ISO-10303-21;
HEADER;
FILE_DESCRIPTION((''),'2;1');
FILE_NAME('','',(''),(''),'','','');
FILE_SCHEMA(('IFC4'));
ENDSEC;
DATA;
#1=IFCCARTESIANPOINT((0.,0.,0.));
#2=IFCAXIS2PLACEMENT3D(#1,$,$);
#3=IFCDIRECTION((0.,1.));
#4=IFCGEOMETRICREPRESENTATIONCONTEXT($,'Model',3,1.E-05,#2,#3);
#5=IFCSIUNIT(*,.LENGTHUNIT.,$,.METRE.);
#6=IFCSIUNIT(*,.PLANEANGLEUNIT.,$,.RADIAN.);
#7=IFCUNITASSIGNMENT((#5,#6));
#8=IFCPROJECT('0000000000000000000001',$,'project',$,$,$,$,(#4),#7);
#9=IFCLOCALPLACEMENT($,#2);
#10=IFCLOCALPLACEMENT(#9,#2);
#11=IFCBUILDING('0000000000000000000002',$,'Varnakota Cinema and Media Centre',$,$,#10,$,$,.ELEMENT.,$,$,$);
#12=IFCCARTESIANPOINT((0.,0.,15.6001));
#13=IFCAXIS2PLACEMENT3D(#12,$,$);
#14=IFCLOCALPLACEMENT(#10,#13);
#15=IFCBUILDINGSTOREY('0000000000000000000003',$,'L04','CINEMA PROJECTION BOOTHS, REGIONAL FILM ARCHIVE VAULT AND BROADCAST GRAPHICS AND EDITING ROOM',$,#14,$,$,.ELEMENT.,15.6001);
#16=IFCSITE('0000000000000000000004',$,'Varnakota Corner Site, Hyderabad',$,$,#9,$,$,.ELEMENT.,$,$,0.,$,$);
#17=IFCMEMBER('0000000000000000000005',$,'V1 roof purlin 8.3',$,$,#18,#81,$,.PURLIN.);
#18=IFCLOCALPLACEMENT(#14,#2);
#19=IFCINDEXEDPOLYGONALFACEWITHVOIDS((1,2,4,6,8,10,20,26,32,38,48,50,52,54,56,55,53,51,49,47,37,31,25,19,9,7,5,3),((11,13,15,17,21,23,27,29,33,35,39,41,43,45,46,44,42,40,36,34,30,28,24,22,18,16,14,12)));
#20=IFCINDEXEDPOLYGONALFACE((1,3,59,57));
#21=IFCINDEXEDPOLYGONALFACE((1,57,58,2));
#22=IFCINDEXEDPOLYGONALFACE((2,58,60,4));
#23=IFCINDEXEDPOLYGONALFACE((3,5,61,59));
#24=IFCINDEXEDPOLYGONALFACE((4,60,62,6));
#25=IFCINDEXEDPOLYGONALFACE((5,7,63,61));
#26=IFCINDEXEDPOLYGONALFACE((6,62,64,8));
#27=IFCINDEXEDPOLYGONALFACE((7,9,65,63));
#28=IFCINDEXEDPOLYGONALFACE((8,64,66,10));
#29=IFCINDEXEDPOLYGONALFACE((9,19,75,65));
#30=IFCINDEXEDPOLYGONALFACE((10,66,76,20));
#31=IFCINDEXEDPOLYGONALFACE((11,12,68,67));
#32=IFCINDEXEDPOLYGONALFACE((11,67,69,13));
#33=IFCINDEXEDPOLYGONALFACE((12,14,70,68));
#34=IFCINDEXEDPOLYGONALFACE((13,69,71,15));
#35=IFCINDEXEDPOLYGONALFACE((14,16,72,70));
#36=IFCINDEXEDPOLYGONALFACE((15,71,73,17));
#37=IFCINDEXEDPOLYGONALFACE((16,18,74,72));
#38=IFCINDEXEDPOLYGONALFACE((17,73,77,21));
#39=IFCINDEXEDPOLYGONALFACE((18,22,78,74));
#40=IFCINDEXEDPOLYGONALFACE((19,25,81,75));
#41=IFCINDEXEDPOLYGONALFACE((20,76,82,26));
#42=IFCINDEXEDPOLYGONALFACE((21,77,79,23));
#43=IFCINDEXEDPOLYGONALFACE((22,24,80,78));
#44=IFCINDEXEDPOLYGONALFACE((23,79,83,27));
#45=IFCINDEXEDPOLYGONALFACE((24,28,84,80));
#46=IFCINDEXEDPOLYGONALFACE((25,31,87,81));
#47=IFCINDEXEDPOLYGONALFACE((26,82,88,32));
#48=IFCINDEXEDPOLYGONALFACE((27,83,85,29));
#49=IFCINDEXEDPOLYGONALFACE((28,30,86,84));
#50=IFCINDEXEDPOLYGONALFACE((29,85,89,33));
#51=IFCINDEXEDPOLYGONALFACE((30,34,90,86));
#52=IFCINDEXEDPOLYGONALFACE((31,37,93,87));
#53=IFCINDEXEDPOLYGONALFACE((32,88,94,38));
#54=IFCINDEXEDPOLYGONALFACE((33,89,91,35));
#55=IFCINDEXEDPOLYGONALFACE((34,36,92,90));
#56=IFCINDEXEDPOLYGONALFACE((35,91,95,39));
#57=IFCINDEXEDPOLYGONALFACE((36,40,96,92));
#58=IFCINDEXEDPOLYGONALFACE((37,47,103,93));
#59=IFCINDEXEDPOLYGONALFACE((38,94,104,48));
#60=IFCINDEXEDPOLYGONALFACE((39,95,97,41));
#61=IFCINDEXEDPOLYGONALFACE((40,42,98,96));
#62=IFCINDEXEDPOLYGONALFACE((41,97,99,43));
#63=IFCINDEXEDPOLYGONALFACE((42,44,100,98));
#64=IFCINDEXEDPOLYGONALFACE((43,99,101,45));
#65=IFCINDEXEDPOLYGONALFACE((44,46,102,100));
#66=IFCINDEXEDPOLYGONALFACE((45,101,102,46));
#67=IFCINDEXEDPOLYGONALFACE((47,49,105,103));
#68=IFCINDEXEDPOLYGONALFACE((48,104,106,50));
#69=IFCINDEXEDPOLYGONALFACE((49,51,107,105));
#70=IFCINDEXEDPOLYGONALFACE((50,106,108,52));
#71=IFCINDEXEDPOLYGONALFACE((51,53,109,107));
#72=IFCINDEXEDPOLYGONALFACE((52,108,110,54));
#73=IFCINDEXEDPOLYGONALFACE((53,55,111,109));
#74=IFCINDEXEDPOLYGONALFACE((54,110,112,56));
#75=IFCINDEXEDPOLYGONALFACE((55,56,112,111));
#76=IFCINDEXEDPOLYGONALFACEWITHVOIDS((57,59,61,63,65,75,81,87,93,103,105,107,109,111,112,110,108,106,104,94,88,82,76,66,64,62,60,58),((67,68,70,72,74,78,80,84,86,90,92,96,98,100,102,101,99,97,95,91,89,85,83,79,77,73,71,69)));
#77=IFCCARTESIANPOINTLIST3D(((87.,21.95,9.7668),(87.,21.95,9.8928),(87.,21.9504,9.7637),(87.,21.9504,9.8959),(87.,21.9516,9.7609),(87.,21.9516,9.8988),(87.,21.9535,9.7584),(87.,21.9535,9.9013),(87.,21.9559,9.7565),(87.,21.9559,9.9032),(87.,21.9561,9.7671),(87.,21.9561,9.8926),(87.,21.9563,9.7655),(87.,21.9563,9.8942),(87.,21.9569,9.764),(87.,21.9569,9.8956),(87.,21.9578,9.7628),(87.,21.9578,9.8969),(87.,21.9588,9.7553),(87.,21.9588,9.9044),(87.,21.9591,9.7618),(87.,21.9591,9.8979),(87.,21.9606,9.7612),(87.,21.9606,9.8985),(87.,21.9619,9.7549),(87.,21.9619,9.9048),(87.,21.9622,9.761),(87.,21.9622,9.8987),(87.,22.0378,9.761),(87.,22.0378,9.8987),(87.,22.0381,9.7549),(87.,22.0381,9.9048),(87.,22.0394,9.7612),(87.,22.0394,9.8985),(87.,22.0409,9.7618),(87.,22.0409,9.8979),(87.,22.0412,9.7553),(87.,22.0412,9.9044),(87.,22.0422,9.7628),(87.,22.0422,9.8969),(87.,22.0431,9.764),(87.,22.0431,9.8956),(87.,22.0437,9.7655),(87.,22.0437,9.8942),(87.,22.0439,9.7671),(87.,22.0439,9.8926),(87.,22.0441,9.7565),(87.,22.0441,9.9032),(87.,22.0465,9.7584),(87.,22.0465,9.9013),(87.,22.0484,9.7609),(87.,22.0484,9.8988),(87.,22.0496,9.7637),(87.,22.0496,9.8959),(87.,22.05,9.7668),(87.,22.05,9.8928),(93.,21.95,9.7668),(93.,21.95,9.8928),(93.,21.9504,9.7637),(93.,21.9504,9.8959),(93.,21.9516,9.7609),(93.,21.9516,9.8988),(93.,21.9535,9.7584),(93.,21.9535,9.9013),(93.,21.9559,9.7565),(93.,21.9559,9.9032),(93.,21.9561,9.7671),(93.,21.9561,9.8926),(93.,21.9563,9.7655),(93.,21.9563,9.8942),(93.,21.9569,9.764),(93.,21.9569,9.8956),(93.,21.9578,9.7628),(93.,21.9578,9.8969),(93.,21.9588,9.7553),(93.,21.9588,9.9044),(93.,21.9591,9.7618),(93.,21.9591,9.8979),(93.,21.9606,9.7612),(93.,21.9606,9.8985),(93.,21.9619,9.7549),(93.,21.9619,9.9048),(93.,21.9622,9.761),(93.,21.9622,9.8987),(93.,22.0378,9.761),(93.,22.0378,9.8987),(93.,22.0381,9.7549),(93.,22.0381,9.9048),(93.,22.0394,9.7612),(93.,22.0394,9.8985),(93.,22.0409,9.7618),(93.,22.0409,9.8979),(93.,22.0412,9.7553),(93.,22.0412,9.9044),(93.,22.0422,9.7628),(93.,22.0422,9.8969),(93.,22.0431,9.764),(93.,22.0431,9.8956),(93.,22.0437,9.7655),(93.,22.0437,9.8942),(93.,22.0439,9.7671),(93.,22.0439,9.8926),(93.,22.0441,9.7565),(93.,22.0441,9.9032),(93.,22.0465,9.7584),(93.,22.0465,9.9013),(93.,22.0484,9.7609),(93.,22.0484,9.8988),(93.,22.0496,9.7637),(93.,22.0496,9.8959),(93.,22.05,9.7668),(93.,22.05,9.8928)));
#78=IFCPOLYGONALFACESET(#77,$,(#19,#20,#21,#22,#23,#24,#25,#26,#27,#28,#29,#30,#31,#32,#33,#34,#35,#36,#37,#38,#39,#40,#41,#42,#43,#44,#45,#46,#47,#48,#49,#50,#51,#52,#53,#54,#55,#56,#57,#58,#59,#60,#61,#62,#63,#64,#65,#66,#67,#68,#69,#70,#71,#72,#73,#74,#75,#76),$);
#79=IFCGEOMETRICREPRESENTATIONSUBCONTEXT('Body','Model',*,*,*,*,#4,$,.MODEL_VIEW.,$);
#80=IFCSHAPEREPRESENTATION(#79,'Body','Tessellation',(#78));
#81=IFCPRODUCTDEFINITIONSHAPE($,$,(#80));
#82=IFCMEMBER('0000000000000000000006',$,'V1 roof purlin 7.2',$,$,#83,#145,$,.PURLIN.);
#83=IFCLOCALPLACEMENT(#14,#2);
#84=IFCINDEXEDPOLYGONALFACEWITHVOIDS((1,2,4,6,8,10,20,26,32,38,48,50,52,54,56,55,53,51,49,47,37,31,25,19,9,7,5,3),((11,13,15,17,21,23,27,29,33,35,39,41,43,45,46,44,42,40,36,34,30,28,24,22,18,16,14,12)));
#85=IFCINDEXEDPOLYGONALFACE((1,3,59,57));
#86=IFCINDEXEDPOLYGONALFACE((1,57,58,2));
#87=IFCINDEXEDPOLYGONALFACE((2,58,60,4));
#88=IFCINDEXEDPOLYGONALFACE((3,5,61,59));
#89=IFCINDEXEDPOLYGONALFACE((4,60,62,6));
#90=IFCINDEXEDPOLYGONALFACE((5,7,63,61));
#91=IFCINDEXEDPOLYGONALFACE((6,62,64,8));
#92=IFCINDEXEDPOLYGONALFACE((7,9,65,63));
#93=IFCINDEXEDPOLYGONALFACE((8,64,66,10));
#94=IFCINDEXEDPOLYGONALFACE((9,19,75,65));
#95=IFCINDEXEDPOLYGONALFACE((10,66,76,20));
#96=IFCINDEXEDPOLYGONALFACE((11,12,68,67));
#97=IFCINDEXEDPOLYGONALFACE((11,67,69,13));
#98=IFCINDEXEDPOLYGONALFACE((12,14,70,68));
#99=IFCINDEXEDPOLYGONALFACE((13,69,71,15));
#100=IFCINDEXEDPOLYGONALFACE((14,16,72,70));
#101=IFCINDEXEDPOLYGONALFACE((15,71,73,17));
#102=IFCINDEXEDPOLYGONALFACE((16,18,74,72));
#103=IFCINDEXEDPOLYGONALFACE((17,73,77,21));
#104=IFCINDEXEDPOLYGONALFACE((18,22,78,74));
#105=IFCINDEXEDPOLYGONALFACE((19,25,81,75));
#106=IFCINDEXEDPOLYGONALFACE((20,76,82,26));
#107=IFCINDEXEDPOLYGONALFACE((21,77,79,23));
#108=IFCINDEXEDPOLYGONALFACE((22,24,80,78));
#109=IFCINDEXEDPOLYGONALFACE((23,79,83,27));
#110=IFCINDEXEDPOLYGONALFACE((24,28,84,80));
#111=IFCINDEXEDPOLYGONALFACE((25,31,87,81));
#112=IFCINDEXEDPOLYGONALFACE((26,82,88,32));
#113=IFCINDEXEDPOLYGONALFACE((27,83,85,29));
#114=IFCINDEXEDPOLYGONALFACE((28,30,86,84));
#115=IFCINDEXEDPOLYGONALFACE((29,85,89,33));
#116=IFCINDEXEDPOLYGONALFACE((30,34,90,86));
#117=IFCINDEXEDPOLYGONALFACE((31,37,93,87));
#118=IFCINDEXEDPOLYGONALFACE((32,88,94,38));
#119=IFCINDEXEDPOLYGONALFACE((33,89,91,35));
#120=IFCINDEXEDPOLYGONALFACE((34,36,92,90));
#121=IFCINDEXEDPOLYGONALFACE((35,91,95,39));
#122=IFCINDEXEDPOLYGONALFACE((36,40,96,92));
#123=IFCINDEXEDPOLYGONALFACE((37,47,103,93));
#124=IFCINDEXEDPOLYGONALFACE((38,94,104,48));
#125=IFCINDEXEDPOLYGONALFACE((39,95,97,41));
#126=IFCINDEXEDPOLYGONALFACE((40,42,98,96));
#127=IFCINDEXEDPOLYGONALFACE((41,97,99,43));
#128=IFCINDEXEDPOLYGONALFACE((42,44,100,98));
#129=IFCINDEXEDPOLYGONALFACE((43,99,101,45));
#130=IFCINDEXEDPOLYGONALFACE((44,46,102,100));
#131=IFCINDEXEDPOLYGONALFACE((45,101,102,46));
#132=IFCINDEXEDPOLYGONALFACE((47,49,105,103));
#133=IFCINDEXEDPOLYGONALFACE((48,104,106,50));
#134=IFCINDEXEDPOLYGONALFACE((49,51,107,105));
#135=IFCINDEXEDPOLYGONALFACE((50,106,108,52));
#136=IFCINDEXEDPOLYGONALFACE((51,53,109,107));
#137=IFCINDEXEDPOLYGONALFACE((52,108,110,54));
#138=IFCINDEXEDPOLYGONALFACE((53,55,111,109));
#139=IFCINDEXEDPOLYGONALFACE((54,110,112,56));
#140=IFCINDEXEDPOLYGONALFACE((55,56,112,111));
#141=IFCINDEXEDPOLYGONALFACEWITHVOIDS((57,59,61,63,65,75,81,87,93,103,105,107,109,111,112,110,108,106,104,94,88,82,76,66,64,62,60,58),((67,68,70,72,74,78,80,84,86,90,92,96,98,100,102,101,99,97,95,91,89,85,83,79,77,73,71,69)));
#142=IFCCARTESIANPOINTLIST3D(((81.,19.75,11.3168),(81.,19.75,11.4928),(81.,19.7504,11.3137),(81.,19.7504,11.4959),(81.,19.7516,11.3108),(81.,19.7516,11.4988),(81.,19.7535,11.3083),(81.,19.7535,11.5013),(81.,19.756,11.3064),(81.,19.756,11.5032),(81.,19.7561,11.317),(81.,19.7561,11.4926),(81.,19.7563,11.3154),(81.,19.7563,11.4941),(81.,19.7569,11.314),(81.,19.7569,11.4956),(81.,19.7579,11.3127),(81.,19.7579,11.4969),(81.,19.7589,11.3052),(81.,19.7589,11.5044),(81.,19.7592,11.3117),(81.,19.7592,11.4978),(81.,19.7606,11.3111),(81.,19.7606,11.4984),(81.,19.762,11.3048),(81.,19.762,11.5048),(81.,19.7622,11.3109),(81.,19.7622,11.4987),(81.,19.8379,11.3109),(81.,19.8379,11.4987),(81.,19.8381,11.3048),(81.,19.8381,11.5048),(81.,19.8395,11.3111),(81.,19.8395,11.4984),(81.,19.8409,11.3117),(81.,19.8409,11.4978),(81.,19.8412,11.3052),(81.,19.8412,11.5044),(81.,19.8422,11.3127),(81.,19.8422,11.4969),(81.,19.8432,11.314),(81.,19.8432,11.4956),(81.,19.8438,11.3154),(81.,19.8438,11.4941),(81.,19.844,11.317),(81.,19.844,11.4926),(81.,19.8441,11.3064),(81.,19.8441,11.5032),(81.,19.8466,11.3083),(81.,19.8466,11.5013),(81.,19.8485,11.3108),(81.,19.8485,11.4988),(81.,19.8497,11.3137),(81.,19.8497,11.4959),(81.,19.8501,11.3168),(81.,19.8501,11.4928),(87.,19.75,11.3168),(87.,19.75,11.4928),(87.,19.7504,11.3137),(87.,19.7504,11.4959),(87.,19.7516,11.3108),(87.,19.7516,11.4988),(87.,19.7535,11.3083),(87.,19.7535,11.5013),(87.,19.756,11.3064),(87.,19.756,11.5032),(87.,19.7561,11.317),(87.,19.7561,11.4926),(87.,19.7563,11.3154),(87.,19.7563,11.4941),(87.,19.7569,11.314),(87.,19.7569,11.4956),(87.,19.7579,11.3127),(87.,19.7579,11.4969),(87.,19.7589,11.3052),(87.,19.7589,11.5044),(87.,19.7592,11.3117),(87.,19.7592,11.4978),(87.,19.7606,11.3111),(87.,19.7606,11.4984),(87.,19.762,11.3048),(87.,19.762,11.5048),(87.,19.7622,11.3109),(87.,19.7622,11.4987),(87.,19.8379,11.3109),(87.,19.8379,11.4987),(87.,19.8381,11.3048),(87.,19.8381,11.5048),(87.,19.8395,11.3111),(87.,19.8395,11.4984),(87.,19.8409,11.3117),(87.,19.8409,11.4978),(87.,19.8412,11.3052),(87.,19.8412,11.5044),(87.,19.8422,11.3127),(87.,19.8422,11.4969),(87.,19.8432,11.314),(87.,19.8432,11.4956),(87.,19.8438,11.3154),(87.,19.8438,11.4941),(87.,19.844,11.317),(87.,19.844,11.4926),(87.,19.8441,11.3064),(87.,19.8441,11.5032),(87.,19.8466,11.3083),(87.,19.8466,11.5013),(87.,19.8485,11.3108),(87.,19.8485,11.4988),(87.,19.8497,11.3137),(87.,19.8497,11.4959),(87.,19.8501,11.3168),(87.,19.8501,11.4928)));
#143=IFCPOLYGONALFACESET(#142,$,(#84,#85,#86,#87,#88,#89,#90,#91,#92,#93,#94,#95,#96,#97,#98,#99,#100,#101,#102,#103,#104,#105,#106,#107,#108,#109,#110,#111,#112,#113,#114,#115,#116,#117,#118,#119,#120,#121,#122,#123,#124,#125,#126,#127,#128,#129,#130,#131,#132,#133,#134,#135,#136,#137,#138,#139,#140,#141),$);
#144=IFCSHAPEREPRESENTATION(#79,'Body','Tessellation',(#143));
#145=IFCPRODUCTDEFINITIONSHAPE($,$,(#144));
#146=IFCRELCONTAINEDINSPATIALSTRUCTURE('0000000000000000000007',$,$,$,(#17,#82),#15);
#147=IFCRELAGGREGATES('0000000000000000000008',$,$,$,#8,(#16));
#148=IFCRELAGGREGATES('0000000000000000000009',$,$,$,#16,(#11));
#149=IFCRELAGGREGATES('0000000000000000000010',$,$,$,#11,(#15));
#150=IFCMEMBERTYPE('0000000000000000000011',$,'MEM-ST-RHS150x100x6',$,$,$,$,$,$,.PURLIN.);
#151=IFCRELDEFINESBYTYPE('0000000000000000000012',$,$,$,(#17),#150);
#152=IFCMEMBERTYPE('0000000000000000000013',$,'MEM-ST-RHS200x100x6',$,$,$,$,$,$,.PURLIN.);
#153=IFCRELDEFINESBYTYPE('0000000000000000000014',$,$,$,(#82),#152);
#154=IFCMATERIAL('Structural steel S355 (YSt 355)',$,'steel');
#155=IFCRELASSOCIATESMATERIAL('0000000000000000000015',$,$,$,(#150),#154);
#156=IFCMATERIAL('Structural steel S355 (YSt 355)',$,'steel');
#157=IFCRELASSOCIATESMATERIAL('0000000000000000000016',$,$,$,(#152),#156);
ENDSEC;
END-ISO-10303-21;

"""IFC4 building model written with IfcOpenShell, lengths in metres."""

from ifc_helpers import new_model, si_unit, direction, frame, origin, origin_2d, place, context, subcontext, project, spatial, hollow_rectangle, extrude, material, material_profile, profile_set, type_object, element, save


model = new_model("IFC4")

# Units and contexts
model_context = context("Model", 3, precision=1e-05, world=origin(), true_north=direction((0.0, 1.0)))
body_context = subcontext(model_context, "Body", "Model", "MODEL_VIEW")
ifc_project = project(units=[si_unit("LENGTHUNIT", "METRE"), si_unit("PLANEANGLEUNIT", "RADIAN")], contexts=[model_context])

# Site, building, storey
site_placement = place(None, origin())
site = spatial("IfcSite", under=ifc_project, at=site_placement, Name="Varnakota Corner Site, Hyderabad", CompositionType="ELEMENT", RefElevation=0.0)
building_placement = place(site_placement, origin())
building = spatial("IfcBuilding", under=site, at=building_placement, Name="Varnakota Cinema and Media Centre", CompositionType="ELEMENT")
storey_placement = place(building_placement, frame((0.0, 0.0, 15.6001)))
storey = spatial("IfcBuildingStorey", under=building, at=storey_placement, Name="L04", Description="CINEMA PROJECTION BOOTHS, REGIONAL FILM ARCHIVE VAULT AND BROADCAST GRAPHICS AND EDITING ROOM", CompositionType="ELEMENT", Elevation=15.6001)

# Members
ifc_material_1 = material(Name="Structural steel S355 (YSt 355)", Category="steel")
ifc_material_profile_1 = material_profile(ifc_material_1, hollow_rectangle(XDim=0.1001, YDim=0.1499, WallThickness=0.0061, InnerFilletRadius=0.0061, OuterFilletRadius=0.012, at=origin_2d()), Name="RHS 150x100x6")
ifc_profile_set_1 = profile_set([ifc_material_profile_1], Name="Structural steel S355 (YSt 355)")
member_type_1 = type_object("IfcMemberType", Name="MEM-ST-RHS150x100x6", PredefinedType="PURLIN", material=ifc_profile_set_1)
for number, where, z_axis, x_axis, name in (
    (1, (87.0, 22.0, 9.8298), (1.0, 0.0, 0.0), (0.0, 1.0, 0.0), "V1 roof purlin 8.3"),
):
    element("IfcMember", number, at=place(storey_placement, frame(where, z_axis=z_axis, x_axis=x_axis)), inside=storey, type_object=member_type_1, Name=name, PredefinedType="PURLIN", context=body_context, shape_type="SweptSolid", body=[
        extrude(hollow_rectangle(XDim=0.1001, YDim=0.1499, WallThickness=0.0061, InnerFilletRadius=0.0061, OuterFilletRadius=0.012, at=origin_2d()), origin(), (0.0, 0.0, 1.0), 6.0),
    ])
ifc_material_2 = material(Name="Structural steel S355 (YSt 355)", Category="steel")
ifc_material_profile_2 = material_profile(ifc_material_2, hollow_rectangle(XDim=0.1001, YDim=0.2, WallThickness=0.0061, InnerFilletRadius=0.0061, OuterFilletRadius=0.012, at=origin_2d()), Name="RHS 200x100x6")
ifc_profile_set_2 = profile_set([ifc_material_profile_2], Name="Structural steel S355 (YSt 355)")
member_type_2 = type_object("IfcMemberType", Name="MEM-ST-RHS200x100x6", PredefinedType="PURLIN", material=ifc_profile_set_2)
for number, where, z_axis, x_axis, name in (
    (2, (81.0, 19.8, 11.4048), (1.0, 0.0, 0.0), (0.0, 1.0, 0.0), "V1 roof purlin 7.2"),
):
    element("IfcMember", number, at=place(storey_placement, frame(where, z_axis=z_axis, x_axis=x_axis)), inside=storey, type_object=member_type_2, Name=name, PredefinedType="PURLIN", context=body_context, shape_type="SweptSolid", body=[
        extrude(hollow_rectangle(XDim=0.1001, YDim=0.2, WallThickness=0.0061, InnerFilletRadius=0.0061, OuterFilletRadius=0.012, at=origin_2d()), origin(), (0.0, 0.0, 1.0), 6.0),
    ])

save(model, "model.ifc")
